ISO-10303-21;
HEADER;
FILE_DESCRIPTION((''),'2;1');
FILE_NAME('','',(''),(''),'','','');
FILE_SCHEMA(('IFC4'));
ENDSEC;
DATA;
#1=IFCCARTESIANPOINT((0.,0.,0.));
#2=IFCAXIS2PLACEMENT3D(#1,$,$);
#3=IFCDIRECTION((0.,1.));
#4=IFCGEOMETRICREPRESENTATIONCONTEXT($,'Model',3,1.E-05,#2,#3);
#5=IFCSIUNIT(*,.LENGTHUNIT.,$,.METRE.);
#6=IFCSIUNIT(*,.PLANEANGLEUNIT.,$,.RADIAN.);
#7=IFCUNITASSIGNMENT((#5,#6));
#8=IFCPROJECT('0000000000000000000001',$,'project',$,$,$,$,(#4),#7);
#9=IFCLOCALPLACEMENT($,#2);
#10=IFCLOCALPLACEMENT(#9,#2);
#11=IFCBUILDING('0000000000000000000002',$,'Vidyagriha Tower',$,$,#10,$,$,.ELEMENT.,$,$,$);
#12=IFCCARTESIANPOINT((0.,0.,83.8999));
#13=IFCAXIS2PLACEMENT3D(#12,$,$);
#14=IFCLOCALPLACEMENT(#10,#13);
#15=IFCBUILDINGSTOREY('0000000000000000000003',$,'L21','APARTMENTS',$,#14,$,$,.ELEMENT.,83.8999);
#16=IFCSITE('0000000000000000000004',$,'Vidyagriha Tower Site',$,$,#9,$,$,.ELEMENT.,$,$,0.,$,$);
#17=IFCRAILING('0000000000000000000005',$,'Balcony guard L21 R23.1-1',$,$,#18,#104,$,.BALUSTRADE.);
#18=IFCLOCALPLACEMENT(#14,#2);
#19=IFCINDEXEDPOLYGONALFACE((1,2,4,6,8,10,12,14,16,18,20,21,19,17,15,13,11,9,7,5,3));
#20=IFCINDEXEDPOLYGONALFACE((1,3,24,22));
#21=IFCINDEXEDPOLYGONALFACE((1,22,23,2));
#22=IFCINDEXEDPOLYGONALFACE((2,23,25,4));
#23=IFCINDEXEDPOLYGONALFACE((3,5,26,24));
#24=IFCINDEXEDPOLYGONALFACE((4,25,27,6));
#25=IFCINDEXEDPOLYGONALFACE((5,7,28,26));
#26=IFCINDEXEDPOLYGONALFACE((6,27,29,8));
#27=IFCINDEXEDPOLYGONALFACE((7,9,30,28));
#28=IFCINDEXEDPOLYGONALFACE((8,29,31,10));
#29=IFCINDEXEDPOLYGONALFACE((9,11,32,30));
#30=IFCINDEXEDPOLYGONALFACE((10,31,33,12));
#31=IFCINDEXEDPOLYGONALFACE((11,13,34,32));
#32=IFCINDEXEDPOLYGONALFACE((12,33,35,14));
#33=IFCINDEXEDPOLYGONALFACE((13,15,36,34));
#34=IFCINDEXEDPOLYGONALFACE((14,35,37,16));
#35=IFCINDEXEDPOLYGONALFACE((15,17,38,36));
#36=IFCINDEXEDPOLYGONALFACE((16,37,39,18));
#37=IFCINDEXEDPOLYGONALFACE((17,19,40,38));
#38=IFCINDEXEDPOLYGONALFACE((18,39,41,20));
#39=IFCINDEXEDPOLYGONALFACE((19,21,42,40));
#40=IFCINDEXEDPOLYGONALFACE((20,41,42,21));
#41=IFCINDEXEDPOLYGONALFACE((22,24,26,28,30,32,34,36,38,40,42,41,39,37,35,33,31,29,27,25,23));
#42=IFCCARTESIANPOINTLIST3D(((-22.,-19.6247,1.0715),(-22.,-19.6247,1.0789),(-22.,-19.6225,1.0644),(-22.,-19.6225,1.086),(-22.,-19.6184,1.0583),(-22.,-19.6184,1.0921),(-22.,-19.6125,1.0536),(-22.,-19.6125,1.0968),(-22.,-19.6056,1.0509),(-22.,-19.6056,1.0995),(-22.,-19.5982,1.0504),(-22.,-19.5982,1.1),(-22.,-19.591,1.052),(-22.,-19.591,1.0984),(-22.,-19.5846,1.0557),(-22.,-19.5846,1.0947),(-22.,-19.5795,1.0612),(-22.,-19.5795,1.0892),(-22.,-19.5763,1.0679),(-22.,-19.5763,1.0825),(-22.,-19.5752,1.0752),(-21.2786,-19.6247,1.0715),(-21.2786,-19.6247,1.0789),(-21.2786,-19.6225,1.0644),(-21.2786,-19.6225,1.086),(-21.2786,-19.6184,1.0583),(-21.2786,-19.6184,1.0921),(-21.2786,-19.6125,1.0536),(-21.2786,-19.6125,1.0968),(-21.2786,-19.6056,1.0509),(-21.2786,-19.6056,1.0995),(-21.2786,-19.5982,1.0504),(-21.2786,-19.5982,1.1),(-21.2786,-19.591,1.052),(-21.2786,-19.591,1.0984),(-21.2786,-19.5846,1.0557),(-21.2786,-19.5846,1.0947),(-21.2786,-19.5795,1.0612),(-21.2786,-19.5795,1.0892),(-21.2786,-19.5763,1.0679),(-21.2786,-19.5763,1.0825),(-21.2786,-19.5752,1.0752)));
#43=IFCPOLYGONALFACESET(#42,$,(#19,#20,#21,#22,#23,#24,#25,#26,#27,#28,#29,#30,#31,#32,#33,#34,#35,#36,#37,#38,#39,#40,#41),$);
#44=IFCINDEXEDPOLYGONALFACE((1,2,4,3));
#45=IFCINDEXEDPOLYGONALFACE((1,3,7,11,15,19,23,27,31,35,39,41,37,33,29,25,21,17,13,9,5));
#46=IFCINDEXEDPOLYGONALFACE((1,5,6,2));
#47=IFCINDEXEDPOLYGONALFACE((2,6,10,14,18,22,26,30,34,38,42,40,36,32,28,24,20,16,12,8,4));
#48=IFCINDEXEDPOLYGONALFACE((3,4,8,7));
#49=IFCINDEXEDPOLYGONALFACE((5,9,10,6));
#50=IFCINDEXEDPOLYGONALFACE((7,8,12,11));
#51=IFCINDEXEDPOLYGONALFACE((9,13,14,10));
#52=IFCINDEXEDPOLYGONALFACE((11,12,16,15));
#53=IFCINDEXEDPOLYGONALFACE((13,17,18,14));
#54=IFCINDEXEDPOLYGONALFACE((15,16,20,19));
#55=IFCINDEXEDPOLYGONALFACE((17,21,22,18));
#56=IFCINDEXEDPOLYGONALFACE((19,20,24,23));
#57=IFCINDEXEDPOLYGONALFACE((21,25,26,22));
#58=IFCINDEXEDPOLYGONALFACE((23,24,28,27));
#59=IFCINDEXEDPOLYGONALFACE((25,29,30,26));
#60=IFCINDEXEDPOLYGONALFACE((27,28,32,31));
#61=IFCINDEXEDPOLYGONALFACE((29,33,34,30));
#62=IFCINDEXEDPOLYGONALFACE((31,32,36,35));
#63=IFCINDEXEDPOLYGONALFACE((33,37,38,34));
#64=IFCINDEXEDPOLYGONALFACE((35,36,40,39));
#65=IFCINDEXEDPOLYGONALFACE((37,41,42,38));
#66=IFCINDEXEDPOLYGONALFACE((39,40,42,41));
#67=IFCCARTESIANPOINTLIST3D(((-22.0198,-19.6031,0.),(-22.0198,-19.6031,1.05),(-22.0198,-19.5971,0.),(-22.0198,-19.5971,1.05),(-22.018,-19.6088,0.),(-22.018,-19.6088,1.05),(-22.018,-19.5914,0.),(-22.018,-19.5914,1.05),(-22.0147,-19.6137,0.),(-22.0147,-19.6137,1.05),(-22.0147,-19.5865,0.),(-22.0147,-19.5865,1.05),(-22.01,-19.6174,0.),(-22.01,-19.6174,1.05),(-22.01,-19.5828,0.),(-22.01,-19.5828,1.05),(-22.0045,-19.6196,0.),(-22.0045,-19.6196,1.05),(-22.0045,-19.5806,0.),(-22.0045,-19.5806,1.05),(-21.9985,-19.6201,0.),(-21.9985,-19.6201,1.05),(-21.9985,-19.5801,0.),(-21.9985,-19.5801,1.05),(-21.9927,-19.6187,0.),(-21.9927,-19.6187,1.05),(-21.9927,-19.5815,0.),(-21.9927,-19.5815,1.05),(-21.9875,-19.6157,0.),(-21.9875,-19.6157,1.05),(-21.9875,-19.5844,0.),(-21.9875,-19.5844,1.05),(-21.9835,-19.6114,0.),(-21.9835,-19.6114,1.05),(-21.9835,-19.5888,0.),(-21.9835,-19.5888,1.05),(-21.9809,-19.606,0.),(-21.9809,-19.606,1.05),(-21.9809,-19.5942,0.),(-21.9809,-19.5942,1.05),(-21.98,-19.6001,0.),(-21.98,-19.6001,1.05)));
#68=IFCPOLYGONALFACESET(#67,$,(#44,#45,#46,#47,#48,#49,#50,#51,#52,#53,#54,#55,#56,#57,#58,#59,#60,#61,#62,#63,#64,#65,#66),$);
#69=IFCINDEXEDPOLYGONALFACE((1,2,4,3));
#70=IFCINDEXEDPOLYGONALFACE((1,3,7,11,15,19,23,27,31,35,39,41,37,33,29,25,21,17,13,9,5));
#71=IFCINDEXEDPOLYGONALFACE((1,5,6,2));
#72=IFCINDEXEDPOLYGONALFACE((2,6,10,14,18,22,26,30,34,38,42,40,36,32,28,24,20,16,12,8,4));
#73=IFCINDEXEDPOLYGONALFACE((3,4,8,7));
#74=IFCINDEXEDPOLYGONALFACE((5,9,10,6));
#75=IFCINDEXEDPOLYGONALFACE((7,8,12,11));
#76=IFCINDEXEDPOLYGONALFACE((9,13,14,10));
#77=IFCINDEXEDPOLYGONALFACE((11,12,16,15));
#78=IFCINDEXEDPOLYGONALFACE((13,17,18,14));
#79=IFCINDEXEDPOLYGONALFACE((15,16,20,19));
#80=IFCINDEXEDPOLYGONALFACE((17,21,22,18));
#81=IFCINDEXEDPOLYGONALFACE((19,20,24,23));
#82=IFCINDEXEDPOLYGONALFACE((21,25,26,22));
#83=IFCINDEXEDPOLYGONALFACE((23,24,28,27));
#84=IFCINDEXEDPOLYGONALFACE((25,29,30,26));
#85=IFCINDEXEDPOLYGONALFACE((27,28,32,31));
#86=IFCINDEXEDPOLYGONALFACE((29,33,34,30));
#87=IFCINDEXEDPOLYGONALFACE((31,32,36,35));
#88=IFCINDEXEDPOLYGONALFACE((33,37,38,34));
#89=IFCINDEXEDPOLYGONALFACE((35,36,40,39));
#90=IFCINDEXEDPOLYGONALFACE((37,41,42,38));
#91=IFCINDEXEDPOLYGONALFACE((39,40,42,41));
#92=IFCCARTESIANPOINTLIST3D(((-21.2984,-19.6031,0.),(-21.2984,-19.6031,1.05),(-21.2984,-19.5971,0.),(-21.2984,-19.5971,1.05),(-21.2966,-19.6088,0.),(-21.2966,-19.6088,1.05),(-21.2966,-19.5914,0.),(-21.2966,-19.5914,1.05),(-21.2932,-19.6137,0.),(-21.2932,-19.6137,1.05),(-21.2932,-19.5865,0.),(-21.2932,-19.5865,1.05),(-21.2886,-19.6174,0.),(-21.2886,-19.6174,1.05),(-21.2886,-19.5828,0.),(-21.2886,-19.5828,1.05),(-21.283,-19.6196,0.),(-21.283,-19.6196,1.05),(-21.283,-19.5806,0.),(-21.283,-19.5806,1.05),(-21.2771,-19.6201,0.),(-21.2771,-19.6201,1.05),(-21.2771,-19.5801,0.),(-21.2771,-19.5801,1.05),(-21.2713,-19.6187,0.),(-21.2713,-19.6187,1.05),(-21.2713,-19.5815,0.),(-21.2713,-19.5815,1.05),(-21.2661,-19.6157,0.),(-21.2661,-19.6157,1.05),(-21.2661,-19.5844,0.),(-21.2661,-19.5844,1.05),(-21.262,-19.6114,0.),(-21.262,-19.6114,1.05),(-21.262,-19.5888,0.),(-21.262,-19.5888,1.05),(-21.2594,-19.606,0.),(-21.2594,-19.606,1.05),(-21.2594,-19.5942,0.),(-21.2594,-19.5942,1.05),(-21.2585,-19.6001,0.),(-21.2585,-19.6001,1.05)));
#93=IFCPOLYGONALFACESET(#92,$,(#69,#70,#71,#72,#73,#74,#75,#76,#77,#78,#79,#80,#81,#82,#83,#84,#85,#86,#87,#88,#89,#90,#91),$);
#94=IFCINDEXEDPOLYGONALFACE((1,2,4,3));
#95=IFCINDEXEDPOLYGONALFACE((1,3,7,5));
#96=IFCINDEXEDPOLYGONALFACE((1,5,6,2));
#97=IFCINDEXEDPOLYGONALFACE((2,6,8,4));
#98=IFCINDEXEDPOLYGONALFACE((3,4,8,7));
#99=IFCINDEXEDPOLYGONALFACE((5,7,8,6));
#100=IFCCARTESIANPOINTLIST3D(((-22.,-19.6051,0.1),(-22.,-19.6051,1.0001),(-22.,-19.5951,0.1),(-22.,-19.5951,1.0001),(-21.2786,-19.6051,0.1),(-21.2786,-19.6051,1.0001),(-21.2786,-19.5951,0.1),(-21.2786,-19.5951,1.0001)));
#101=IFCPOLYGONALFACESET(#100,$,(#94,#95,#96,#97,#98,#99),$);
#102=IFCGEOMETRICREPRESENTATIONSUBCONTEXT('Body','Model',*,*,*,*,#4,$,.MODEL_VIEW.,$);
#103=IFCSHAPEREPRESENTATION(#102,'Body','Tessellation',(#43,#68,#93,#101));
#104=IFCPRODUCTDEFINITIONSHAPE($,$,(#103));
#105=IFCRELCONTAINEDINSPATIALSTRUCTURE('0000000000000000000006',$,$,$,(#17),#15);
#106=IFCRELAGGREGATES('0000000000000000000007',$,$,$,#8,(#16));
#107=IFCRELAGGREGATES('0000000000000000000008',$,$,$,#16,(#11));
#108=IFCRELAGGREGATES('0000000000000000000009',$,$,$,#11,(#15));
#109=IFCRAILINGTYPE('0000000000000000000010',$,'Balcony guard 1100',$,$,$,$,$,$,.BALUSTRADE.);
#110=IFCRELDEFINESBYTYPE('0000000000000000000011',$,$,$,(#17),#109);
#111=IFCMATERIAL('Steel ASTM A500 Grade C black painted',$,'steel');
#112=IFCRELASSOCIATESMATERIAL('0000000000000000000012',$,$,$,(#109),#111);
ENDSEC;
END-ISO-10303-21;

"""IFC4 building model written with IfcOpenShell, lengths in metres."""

from ifc_helpers import new_model, si_unit, direction, frame, origin, origin_2d, place, context, subcontext, project, spatial, rectangle, circle, extrude, material, type_object, element, save


model = new_model("IFC4")

# Units and contexts
model_context = context("Model", 3, precision=1e-05, world=origin(), true_north=direction((0.0, 1.0)))
body_context = subcontext(model_context, "Body", "Model", "MODEL_VIEW")
ifc_project = project(units=[si_unit("LENGTHUNIT", "METRE"), si_unit("PLANEANGLEUNIT", "RADIAN")], contexts=[model_context])

# Site, building, storey
site_placement = place(None, origin())
site = spatial("IfcSite", under=ifc_project, at=site_placement, Name="Vidyagriha Tower Site", CompositionType="ELEMENT", RefElevation=0.0)
building_placement = place(site_placement, origin())
building = spatial("IfcBuilding", under=site, at=building_placement, Name="Vidyagriha Tower", CompositionType="ELEMENT")
storey_placement = place(building_placement, frame((0.0, 0.0, 83.8999)))
storey = spatial("IfcBuildingStorey", under=building, at=storey_placement, Name="L21", Description="APARTMENTS", CompositionType="ELEMENT", Elevation=83.8999)

# Railing
ifc_material_1 = material(Name="Steel ASTM A500 Grade C black painted", Category="steel")
railing_type_1 = type_object("IfcRailingType", Name="Balcony guard 1100", PredefinedType="BALUSTRADE", material=ifc_material_1)
railing_1_placement = place(storey_placement, frame((-22.0, -19.6001, 0.0)))
element("IfcRailing", 1, at=railing_1_placement, inside=storey, type_object=railing_type_1, Name="Balcony guard L21 R23.1-1", PredefinedType="BALUSTRADE", context=body_context, shape_type="SweptSolid", body=[
    extrude(circle(Radius=0.0249, at=origin_2d()), frame((0.0, 0.0, 1.0752), z_axis=(1.0, 0.0, 0.0), x_axis=(0.0, 1.0, 0.0)), (0.0, 0.0, 1.0), 0.7214),
    extrude(circle(Radius=0.02, at=origin_2d()), origin(), (0.0, 0.0, 1.0), 1.05),
    extrude(circle(Radius=0.02, at=origin_2d()), frame((0.7214, 0.0, 0.0)), (0.0, 0.0, 1.0), 1.05),
    extrude(rectangle(XDim=0.01, YDim=0.9001, at=origin_2d()), frame((0.0, 0.0, 0.55), z_axis=(1.0, 0.0, 0.0), x_axis=(0.0, 1.0, 0.0)), (0.0, 0.0, 1.0), 0.7214),
])

save(model, "model.ifc")
